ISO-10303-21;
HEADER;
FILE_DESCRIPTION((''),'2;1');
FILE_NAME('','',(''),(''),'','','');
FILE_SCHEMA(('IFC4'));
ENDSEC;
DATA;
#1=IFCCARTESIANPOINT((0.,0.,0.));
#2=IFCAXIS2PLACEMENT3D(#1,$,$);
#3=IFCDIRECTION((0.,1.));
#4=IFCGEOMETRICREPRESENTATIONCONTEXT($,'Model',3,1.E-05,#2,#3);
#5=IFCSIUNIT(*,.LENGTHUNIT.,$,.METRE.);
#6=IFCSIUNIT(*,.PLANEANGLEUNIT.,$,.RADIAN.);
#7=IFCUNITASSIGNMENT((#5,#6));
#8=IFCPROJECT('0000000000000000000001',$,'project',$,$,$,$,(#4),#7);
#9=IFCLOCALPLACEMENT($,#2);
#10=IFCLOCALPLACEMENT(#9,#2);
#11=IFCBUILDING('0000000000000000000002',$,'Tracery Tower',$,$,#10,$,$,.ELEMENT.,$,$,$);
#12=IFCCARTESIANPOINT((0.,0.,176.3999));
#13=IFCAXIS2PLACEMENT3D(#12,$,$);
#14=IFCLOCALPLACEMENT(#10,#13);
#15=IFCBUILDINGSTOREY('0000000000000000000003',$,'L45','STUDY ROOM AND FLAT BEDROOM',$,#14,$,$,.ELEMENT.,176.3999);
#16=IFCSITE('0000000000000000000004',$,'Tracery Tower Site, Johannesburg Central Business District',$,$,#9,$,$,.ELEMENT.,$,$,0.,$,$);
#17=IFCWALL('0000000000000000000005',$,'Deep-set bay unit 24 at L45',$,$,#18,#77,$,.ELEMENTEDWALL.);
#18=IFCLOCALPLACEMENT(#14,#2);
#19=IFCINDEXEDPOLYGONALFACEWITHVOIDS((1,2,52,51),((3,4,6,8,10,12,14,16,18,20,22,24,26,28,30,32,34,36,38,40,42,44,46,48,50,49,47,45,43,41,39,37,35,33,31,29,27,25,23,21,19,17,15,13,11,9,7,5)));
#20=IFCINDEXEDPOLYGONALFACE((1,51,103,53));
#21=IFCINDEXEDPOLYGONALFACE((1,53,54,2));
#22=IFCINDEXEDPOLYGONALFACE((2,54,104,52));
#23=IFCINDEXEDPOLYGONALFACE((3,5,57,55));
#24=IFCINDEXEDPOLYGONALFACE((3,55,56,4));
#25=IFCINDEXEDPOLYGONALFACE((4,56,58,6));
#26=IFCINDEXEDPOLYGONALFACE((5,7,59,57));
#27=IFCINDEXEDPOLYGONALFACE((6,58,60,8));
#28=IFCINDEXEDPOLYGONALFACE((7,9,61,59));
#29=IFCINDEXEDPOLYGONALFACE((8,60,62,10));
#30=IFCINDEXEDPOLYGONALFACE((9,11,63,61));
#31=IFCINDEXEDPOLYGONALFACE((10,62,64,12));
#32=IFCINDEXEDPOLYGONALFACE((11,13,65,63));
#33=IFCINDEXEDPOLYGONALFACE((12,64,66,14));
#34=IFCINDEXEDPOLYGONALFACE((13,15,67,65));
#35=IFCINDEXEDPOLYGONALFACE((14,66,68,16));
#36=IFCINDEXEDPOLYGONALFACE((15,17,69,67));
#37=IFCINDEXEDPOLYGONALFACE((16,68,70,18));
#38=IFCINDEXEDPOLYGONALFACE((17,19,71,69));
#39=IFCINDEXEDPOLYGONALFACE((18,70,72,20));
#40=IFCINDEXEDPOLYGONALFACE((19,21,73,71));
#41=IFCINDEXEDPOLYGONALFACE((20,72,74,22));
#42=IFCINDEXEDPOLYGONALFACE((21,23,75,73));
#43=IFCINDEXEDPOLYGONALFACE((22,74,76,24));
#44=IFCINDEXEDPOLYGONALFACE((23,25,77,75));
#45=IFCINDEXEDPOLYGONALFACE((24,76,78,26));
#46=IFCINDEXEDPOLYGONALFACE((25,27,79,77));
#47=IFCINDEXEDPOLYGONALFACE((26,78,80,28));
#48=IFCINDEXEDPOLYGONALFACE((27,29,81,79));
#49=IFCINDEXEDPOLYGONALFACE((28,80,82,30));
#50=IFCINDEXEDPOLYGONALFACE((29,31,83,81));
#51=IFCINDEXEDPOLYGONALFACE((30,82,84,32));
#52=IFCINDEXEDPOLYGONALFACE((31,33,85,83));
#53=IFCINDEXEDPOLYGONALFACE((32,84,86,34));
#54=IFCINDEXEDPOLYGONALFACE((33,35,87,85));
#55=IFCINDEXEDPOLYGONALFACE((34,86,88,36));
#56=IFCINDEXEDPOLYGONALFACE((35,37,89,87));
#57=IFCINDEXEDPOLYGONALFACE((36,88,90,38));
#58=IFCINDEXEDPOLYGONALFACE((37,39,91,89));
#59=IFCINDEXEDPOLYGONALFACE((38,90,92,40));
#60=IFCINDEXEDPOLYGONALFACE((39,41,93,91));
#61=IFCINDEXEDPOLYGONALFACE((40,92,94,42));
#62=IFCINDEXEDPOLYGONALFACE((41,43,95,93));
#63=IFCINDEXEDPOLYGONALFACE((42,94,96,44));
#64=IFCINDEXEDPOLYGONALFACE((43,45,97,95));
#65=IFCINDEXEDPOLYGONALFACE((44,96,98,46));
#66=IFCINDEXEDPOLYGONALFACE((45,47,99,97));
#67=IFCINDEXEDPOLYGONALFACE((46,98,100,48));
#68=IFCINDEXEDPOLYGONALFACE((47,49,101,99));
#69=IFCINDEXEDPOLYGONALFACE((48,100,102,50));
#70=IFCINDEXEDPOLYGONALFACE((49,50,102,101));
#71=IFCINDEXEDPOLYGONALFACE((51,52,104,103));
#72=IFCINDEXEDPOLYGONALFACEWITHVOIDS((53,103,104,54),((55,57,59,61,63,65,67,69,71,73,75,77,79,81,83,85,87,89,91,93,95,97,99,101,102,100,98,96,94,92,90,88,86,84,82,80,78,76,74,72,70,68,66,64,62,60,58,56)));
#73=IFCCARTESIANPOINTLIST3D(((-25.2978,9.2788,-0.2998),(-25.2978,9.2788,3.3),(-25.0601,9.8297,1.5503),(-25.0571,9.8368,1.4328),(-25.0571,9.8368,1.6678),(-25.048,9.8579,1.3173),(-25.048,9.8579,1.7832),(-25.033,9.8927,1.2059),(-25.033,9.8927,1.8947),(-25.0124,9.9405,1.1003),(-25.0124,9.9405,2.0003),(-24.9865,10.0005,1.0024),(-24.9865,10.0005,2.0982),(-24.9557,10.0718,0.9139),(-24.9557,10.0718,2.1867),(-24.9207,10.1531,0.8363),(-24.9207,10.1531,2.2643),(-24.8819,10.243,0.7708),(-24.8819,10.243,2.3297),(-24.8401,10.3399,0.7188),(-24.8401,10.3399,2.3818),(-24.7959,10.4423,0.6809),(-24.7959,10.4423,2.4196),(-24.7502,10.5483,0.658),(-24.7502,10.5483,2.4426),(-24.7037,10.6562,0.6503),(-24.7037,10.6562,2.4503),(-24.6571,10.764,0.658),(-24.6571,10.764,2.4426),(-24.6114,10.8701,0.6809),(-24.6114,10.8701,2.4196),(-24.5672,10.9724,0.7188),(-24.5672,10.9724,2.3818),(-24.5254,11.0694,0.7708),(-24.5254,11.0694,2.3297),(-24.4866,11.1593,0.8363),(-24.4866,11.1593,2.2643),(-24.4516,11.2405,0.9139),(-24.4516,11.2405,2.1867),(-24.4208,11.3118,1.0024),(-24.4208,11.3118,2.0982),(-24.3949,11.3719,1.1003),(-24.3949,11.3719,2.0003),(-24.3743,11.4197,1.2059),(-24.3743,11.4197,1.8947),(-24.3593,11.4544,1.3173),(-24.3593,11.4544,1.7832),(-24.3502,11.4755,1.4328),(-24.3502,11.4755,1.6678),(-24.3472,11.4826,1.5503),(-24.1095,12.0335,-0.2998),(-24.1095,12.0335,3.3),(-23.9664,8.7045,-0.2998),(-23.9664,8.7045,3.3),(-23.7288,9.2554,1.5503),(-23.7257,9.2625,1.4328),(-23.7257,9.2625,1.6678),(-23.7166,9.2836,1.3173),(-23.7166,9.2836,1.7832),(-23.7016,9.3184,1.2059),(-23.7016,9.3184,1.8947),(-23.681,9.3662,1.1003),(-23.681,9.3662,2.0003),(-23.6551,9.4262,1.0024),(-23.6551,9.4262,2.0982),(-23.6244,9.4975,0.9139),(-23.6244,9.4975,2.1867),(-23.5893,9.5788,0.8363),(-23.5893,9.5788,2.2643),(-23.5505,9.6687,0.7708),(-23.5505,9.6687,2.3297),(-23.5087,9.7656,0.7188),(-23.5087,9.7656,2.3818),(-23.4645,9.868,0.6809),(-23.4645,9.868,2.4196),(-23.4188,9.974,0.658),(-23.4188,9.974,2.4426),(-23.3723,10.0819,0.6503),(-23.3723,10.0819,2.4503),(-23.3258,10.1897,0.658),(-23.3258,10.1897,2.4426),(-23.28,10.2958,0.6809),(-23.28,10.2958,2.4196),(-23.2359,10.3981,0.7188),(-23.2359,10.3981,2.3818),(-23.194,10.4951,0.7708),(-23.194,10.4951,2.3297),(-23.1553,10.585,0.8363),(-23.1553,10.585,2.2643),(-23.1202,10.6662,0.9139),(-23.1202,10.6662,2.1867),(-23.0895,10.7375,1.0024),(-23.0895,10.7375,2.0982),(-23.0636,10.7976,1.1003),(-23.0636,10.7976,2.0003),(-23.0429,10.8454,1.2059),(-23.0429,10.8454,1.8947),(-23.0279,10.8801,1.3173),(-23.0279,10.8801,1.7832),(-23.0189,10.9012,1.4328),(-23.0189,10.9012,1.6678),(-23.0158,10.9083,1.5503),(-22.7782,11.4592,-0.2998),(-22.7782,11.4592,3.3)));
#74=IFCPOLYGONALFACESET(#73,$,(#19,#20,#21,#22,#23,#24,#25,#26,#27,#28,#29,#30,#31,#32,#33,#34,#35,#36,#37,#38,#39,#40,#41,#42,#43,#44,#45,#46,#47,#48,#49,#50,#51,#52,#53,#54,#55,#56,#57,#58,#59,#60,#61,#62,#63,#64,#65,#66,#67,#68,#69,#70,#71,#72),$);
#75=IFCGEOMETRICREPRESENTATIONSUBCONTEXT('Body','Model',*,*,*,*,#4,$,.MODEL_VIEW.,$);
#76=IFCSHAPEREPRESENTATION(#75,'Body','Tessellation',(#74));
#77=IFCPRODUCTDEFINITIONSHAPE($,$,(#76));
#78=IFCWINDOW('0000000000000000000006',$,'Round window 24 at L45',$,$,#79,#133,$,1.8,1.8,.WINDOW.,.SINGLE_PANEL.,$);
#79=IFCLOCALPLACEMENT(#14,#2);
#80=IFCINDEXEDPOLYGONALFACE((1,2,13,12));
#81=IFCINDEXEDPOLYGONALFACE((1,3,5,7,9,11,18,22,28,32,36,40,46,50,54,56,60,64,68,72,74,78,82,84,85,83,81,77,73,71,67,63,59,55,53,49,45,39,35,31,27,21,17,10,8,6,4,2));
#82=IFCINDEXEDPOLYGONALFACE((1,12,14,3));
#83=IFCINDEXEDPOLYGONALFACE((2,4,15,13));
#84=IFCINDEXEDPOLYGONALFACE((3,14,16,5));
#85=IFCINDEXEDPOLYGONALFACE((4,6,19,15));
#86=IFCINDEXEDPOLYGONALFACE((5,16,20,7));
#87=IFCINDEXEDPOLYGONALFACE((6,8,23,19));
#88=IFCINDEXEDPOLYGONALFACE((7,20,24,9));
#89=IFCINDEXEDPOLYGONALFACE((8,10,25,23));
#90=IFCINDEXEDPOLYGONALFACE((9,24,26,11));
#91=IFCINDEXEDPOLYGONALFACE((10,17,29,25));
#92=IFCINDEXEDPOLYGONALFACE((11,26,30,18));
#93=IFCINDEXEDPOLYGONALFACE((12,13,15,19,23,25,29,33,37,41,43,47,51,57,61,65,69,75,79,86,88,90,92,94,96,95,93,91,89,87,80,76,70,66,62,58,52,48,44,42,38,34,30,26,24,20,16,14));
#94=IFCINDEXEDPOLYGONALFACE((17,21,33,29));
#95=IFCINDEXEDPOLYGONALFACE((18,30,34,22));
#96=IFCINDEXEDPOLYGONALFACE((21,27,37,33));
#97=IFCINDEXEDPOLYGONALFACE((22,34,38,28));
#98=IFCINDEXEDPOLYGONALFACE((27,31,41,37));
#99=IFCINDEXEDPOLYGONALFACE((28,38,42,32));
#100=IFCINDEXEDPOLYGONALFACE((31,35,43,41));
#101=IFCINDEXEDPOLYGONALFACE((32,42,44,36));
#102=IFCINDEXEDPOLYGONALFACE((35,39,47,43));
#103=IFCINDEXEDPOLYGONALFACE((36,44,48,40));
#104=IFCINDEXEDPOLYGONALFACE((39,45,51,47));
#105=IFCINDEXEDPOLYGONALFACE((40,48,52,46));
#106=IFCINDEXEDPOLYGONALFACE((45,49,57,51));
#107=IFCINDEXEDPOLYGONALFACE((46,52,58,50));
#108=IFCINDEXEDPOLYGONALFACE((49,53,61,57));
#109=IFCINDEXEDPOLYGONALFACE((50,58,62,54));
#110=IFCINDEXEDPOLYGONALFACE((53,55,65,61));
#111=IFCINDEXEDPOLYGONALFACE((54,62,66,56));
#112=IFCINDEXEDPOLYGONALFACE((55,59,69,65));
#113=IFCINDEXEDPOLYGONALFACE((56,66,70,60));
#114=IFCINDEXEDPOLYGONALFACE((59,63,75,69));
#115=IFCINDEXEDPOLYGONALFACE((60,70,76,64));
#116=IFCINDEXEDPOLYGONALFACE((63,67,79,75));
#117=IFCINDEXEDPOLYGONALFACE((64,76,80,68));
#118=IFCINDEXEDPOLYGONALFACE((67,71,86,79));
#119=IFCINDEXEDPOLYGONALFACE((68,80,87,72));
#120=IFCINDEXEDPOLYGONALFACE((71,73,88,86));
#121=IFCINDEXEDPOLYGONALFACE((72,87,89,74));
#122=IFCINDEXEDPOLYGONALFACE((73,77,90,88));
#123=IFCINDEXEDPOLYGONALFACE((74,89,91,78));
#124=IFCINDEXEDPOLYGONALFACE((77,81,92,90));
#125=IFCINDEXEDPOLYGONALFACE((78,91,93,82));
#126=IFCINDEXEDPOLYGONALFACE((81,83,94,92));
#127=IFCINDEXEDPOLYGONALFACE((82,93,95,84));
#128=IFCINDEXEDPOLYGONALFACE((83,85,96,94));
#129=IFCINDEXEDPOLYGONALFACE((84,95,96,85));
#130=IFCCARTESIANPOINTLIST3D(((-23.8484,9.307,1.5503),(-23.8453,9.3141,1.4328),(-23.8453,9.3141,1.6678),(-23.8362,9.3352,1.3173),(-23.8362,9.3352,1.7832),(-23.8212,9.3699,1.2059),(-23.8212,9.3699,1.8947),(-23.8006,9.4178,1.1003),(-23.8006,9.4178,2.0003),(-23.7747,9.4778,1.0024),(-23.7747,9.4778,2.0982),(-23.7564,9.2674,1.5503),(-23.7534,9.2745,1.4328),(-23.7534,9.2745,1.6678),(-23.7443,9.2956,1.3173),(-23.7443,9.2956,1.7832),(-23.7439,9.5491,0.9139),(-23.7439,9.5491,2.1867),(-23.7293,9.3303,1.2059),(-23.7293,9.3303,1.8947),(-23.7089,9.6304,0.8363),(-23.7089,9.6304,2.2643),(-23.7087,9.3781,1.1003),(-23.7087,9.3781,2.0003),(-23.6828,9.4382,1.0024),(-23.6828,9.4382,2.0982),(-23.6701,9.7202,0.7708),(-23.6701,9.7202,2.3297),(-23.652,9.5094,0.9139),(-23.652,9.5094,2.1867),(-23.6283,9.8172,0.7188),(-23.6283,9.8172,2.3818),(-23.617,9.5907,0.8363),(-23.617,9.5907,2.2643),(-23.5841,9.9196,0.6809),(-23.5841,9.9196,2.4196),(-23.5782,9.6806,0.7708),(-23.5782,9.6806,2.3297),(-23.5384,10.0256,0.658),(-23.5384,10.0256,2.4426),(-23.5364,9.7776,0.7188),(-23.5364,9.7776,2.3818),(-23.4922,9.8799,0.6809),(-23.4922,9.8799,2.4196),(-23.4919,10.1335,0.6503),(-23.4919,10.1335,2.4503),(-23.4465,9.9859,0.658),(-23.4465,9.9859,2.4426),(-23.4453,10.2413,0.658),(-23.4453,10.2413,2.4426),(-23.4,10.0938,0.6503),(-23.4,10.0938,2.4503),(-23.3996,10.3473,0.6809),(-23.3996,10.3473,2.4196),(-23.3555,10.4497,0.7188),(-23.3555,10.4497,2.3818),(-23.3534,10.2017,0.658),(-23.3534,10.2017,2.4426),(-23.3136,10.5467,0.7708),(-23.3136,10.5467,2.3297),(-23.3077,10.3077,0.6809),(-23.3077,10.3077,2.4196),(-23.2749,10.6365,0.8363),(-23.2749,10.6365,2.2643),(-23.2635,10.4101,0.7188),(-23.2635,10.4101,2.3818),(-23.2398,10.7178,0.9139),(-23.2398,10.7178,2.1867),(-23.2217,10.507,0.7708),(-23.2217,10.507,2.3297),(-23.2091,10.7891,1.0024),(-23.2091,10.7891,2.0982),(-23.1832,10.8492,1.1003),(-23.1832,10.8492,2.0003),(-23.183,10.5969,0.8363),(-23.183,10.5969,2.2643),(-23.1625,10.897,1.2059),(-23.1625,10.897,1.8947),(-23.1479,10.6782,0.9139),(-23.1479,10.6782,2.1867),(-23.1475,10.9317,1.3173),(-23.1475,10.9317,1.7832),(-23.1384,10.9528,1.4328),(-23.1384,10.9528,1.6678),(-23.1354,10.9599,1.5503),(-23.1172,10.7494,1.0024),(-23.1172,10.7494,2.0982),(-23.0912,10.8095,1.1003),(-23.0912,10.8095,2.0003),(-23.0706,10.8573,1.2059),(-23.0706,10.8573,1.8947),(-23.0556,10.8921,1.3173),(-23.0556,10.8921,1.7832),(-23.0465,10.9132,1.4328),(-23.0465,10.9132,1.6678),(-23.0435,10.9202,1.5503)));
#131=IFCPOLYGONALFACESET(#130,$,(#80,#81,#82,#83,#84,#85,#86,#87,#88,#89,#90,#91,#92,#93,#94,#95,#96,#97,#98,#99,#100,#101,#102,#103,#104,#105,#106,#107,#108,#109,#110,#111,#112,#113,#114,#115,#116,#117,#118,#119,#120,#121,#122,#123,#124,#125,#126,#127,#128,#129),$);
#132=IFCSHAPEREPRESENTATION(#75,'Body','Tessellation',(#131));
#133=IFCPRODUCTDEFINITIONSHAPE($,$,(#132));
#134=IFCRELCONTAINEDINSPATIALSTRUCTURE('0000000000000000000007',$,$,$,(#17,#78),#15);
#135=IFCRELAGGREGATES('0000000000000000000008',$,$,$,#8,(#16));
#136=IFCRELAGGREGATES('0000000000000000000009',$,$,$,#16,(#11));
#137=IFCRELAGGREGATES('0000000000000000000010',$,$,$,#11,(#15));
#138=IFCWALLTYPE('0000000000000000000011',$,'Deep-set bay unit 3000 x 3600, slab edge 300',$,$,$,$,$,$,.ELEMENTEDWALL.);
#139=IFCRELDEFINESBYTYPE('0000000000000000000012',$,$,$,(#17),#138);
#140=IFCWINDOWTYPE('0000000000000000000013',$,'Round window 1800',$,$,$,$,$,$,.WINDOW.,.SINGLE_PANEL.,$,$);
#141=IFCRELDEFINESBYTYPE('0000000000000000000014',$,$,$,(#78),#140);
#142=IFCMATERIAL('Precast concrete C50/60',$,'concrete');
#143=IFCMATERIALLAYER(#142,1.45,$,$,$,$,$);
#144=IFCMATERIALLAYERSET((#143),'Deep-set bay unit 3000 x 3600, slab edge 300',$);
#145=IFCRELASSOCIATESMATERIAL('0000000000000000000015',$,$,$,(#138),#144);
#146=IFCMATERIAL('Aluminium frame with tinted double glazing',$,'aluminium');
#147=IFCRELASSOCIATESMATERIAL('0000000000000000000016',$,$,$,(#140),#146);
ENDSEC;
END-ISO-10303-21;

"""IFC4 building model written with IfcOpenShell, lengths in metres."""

from ifc_helpers import new_model, si_unit, direction, frame, frame_2d, origin, origin_2d, place, context, subcontext, project, spatial, rectangle, circle, extrude, material, layer, layer_set, type_object, element, fill, save


model = new_model("IFC4")

# Units and contexts
model_context = context("Model", 3, precision=1e-05, world=origin(), true_north=direction((0.0, 1.0)))
body_context = subcontext(model_context, "Body", "Model", "MODEL_VIEW")
ifc_project = project(units=[si_unit("LENGTHUNIT", "METRE"), si_unit("PLANEANGLEUNIT", "RADIAN")], contexts=[model_context])

# Site, building, storey
site_placement = place(None, origin())
site = spatial("IfcSite", under=ifc_project, at=site_placement, Name="Tracery Tower Site, Johannesburg Central Business District", CompositionType="ELEMENT", RefElevation=0.0)
building_placement = place(site_placement, origin())
building = spatial("IfcBuilding", under=site, at=building_placement, Name="Tracery Tower", CompositionType="ELEMENT")
storey_placement = place(building_placement, frame((0.0, 0.0, 176.3999)))
storey = spatial("IfcBuildingStorey", under=building, at=storey_placement, Name="L45", Description="STUDY ROOM AND FLAT BEDROOM", CompositionType="ELEMENT", Elevation=176.3999)

# Wall, opening, window
ifc_material_1 = material(Name="Precast concrete C50/60", Category="concrete")
ifc_layer_1 = layer(ifc_material_1, 1.45)
ifc_layer_set_1 = layer_set([ifc_layer_1], Name="Deep-set bay unit 3000 x 3600, slab edge 300")
wall_type_1 = type_object("IfcWallType", Name="Deep-set bay unit 3000 x 3600, slab edge 300", PredefinedType="ELEMENTEDWALL", material=ifc_layer_set_1)
ifc_material_2 = material(Name="Aluminium frame with tinted double glazing", Category="aluminium")
window_type = type_object("IfcWindowType", Name="Round window 1800", PartitioningType="SINGLE_PANEL", PredefinedType="WINDOW", material=ifc_material_2)
wall_1_placement = place(storey_placement, frame((-23.4438, 11.7463, -0.2998), z_axis=(0.0, 0.0, 1.0), x_axis=(-0.396079, -0.918216, 0.0)))
wall_1 = element("IfcWall", 1, at=wall_1_placement, inside=storey, type_object=wall_type_1, Name="Deep-set bay unit 24 at L45", PredefinedType="ELEMENTEDWALL", context=body_context, shape_type="SweptSolid", body=[
    extrude(rectangle(XDim=3.0, YDim=1.45, at=frame_2d((1.5, 0.0))), origin(), (0.0, 0.0, 1.0), 3.5999),
])
opening_1_placement = place(wall_1_placement, frame((1.5, 0.0, 1.8501)))
opening_1 = element("IfcOpeningElement", 2, at=opening_1_placement, cuts=wall_1, PredefinedType="OPENING", context=body_context, shape_type="SweptSolid", body=[
    extrude(circle(Radius=0.9, at=origin_2d()), frame((0.0, 0.7349, 0.0), z_axis=(0.0, -1.0, 0.0), x_axis=(1.0, 0.0, 0.0)), (0.0, 0.0, 1.0), 1.47),
])
window_1_placement = place(opening_1_placement, origin())
window_1 = element("IfcWindow", 3, at=window_1_placement, inside=storey, type_object=window_type, Name="Round window 24 at L45", OverallHeight=1.8, OverallWidth=1.8, PartitioningType="SINGLE_PANEL", PredefinedType="WINDOW", context=body_context, shape_type="SweptSolid", body=[
    extrude(circle(Radius=0.9, at=origin_2d()), frame((0.0, 0.6948, 0.0), z_axis=(0.0, -1.0, 0.0), x_axis=(1.0, 0.0, 0.0)), (0.0, 0.0, 1.0), 0.1001),
])
fill(opening_1, window_1)

save(model, "model.ifc")
